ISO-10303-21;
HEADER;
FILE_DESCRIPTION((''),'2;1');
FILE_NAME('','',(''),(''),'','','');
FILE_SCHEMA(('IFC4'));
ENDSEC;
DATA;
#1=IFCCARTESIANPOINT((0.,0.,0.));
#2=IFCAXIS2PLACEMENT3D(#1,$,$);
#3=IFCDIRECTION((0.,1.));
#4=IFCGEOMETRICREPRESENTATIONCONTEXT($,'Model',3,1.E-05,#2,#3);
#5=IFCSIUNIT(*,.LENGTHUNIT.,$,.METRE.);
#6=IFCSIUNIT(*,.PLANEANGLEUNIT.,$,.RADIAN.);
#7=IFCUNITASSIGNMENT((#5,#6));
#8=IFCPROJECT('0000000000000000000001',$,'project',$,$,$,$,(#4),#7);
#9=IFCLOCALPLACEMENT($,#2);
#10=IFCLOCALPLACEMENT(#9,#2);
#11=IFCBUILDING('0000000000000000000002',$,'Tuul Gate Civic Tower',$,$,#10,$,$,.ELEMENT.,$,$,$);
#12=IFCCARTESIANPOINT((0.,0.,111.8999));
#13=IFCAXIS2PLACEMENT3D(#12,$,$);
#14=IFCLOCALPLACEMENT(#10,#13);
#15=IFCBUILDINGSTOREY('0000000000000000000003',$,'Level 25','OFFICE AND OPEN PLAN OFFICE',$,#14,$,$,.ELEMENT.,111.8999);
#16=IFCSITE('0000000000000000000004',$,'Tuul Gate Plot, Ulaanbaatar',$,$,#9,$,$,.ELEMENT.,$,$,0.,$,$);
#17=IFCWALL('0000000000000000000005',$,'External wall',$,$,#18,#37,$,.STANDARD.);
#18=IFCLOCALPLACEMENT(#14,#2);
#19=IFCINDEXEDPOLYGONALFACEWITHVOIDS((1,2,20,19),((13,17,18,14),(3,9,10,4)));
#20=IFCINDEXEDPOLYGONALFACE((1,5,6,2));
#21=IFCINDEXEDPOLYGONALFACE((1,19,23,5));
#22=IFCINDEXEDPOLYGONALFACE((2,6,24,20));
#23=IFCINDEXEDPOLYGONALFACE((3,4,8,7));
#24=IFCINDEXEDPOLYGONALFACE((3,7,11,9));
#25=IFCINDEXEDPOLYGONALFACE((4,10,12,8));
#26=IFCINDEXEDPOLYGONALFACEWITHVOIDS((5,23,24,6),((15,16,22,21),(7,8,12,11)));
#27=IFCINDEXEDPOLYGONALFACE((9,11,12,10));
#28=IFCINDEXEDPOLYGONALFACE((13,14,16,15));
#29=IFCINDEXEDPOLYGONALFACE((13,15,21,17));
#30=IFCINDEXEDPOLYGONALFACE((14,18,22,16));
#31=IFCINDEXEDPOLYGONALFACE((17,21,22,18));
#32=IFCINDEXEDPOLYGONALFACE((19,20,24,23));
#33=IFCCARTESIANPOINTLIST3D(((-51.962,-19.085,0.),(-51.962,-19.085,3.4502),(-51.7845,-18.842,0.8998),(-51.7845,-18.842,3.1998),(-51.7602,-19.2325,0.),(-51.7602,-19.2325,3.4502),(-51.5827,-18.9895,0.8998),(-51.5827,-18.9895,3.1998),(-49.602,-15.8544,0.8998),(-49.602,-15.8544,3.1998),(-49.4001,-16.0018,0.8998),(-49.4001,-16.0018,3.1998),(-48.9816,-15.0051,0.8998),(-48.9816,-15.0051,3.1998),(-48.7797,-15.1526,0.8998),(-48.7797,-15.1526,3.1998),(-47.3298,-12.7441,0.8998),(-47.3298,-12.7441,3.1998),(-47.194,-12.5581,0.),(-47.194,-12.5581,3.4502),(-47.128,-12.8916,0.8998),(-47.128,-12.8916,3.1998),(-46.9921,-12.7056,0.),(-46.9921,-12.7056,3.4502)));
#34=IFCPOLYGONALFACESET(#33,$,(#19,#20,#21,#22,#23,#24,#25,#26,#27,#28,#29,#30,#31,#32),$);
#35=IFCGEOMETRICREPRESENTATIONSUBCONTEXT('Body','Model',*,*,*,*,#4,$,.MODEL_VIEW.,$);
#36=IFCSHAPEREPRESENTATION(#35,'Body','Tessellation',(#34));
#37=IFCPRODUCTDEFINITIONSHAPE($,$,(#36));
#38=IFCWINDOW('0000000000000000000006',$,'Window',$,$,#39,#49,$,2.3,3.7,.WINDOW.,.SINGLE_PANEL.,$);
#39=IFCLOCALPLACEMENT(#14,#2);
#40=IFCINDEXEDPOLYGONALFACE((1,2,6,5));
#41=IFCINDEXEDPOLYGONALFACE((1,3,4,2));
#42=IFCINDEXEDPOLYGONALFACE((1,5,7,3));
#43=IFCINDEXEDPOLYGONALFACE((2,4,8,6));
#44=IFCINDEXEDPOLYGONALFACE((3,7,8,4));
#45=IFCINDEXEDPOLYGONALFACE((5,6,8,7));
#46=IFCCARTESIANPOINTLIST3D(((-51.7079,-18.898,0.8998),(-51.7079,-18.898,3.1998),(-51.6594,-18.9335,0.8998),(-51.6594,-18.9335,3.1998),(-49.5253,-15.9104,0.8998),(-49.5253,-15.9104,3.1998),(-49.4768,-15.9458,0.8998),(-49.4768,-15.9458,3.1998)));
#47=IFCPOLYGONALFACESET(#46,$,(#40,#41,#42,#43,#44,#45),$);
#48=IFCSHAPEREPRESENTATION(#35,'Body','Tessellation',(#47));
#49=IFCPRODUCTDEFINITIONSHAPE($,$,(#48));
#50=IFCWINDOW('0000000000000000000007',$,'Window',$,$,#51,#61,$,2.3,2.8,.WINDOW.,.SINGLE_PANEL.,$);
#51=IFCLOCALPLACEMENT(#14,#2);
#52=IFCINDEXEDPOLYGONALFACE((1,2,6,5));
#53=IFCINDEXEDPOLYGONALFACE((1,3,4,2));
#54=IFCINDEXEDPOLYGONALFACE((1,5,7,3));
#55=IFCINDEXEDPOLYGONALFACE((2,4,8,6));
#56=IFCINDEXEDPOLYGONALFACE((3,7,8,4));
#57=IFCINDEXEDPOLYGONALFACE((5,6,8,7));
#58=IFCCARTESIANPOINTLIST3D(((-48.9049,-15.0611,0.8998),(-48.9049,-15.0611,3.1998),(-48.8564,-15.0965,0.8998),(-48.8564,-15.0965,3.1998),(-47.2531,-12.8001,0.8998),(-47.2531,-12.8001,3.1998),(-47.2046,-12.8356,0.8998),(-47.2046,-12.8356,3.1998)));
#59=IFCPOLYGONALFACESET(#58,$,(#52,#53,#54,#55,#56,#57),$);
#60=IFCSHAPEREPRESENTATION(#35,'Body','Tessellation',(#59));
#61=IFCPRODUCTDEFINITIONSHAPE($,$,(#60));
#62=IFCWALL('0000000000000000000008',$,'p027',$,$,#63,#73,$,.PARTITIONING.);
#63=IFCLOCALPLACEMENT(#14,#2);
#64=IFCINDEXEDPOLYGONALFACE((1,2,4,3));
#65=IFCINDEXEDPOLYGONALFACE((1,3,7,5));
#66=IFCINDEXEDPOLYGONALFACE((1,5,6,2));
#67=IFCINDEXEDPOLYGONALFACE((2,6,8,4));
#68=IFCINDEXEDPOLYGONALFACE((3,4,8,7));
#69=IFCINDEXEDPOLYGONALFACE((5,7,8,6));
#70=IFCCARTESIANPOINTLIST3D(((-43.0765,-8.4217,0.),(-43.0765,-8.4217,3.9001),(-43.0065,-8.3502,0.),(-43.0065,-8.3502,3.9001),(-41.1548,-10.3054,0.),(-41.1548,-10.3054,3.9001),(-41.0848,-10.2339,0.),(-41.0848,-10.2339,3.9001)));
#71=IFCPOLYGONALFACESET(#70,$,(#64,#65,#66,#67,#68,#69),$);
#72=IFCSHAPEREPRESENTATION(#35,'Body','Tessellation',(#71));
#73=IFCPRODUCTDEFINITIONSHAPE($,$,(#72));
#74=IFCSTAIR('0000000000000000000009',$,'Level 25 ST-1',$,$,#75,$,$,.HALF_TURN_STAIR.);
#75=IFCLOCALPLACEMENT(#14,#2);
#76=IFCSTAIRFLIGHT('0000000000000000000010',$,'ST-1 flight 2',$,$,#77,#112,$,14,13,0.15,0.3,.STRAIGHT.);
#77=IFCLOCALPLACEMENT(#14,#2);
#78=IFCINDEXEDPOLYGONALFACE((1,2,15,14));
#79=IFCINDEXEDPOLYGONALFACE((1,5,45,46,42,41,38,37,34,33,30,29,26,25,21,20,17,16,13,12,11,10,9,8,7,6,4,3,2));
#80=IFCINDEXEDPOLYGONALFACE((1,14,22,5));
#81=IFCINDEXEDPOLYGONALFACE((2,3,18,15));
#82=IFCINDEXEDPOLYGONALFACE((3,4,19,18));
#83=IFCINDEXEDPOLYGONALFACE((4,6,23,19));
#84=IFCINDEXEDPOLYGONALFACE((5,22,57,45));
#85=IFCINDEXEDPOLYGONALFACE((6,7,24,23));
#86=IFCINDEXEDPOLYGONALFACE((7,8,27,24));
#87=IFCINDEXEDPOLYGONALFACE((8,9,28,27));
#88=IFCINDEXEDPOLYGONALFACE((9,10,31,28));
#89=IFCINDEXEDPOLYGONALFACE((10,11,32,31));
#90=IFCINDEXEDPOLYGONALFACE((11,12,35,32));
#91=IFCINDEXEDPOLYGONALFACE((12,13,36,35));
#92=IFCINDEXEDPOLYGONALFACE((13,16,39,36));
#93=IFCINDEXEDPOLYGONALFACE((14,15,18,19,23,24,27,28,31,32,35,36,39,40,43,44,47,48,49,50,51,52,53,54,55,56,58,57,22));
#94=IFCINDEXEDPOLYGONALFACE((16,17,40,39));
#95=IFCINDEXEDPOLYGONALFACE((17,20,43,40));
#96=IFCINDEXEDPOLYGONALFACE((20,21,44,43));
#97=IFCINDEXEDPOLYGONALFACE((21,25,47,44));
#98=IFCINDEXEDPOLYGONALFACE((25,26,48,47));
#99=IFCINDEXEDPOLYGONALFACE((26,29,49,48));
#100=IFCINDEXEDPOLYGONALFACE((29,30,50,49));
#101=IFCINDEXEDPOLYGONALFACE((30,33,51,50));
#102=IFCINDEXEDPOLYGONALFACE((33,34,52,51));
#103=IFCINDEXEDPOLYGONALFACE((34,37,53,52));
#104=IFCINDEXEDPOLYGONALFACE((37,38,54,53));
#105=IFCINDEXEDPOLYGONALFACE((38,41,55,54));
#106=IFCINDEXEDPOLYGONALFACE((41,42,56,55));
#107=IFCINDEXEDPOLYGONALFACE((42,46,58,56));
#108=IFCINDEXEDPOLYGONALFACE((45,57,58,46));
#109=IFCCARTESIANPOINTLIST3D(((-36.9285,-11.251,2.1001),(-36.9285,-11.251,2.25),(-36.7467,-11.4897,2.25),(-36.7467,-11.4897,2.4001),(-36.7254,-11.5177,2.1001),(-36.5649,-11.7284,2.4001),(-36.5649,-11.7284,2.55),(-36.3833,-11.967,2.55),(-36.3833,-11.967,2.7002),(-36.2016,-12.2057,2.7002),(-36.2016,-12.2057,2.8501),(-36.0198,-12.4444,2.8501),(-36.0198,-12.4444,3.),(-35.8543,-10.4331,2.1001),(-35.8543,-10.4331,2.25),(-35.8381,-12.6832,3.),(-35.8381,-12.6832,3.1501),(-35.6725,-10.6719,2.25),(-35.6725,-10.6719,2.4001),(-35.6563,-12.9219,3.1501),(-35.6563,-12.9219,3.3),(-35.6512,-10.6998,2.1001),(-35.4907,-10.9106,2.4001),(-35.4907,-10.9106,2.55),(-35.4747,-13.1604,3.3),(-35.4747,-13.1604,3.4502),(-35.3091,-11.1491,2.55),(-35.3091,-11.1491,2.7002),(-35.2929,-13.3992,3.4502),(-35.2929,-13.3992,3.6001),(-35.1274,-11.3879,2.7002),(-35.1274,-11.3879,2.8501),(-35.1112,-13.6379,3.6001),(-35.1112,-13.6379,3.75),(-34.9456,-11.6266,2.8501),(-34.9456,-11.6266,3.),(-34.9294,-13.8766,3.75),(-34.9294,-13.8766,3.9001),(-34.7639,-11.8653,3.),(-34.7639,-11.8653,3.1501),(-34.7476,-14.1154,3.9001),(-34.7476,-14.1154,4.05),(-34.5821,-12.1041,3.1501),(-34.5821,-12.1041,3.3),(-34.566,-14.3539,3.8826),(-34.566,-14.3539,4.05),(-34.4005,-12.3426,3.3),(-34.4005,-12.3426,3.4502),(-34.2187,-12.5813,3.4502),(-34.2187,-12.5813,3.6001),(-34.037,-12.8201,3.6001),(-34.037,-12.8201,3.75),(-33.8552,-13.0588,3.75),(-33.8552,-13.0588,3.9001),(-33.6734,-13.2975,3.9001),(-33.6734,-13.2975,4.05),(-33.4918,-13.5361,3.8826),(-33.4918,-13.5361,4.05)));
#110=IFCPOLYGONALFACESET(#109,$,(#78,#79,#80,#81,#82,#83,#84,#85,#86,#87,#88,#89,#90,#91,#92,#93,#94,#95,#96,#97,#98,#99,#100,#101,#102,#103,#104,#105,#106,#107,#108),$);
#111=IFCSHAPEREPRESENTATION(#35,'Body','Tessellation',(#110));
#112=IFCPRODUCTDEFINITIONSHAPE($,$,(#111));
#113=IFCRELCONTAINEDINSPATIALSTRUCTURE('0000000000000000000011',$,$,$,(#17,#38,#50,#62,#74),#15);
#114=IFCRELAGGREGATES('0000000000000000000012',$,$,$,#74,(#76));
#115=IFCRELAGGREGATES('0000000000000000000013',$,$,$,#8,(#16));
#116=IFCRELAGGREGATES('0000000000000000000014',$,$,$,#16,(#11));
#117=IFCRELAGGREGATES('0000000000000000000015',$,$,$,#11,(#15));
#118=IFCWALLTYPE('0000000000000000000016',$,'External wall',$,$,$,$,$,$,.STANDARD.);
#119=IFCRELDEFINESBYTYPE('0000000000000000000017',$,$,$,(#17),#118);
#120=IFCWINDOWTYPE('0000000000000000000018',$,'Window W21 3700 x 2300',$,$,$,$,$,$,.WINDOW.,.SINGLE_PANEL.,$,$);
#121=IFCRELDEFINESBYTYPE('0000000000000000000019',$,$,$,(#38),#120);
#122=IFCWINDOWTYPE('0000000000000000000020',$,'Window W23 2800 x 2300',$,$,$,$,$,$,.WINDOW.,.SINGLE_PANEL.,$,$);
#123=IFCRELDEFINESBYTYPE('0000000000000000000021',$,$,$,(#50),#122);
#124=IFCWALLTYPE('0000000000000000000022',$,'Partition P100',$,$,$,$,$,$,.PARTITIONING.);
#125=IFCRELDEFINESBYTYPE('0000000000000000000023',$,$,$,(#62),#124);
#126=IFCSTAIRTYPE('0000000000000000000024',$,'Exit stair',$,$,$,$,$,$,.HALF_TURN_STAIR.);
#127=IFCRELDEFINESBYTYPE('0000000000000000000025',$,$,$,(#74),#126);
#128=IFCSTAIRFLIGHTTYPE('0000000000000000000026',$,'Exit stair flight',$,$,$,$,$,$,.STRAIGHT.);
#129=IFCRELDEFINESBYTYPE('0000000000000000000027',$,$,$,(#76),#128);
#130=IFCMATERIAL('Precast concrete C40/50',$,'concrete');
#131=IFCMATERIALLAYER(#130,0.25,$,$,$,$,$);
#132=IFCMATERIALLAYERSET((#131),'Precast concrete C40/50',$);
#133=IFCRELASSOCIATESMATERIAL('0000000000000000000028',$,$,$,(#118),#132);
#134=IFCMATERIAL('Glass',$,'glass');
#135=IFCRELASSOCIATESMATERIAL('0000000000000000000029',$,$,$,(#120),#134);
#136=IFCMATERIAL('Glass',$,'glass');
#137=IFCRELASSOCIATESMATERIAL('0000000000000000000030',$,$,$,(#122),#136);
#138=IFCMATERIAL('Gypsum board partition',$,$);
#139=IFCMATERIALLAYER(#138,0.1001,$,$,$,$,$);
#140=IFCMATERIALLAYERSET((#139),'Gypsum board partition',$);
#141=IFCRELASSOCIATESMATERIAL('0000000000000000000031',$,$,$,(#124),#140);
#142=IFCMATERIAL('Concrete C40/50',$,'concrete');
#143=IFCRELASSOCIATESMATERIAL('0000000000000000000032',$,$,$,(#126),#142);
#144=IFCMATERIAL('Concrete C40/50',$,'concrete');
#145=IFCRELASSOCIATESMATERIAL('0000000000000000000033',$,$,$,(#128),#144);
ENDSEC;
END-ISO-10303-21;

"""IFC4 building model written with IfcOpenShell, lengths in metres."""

from ifc_helpers import new_model, si_unit, direction, frame, frame_2d, origin, place, context, subcontext, project, spatial, polyline, rectangle, outline, extrude, material, layer, layer_set, type_object, element, fill, aggregate, save


model = new_model("IFC4")

# Units and contexts
model_context = context("Model", 3, precision=1e-05, world=origin(), true_north=direction((0.0, 1.0)))
body_context = subcontext(model_context, "Body", "Model", "MODEL_VIEW")
ifc_project = project(units=[si_unit("LENGTHUNIT", "METRE"), si_unit("PLANEANGLEUNIT", "RADIAN")], contexts=[model_context])

# Site, building, storey
site_placement = place(None, origin())
site = spatial("IfcSite", under=ifc_project, at=site_placement, Name="Tuul Gate Plot, Ulaanbaatar", CompositionType="ELEMENT", RefElevation=0.0)
building_placement = place(site_placement, origin())
building = spatial("IfcBuilding", under=site, at=building_placement, Name="Tuul Gate Civic Tower", CompositionType="ELEMENT")
storey_placement = place(building_placement, frame((0.0, 0.0, 111.8999)))
storey = spatial("IfcBuildingStorey", under=building, at=storey_placement, Name="Level 25", Description="OFFICE AND OPEN PLAN OFFICE", CompositionType="ELEMENT", Elevation=111.8999)

# Wall, openings, windows
ifc_material_1 = material(Name="Precast concrete C40/50", Category="concrete")
ifc_layer_1 = layer(ifc_material_1, 0.25)
ifc_layer_set_1 = layer_set([ifc_layer_1], Name="Precast concrete C40/50")
wall_type_1 = type_object("IfcWallType", Name="External wall", PredefinedType="STANDARD", material=ifc_layer_set_1)
wall_1_placement = place(storey_placement, frame((-47.093, -12.6318, 0.0), z_axis=(0.0, 0.0, 1.0), x_axis=(-0.589891, -0.807483, 0.0)))
wall_1 = element("IfcWall", 1, at=wall_1_placement, inside=storey, type_object=wall_type_1, Name="External wall", PredefinedType="STANDARD", context=body_context, shape_type="SweptSolid", body=[
    extrude(rectangle(XDim=8.083, YDim=0.25, at=frame_2d((4.0415, 0.0))), origin(), (0.0, 0.0, 1.0), 3.4502),
])
opening_1_placement = place(wall_1_placement, frame((0.2305, 0.0, 0.8999)))
opening_1 = element("IfcOpeningElement", 2, at=opening_1_placement, cuts=wall_1, PredefinedType="OPENING", context=body_context, shape_type="SweptSolid", body=[
    extrude(rectangle(XDim=2.8, YDim=2.3, at=frame_2d((1.3999, 1.1499))), frame((0.0, 0.135, 0.0), z_axis=(0.0, -1.0, 0.0), x_axis=(1.0, 0.0, 0.0)), (0.0, 0.0, 1.0), 0.27),
])
opening_2_placement = place(wall_1_placement, frame((4.082, 0.0, 0.8999)))
opening_2 = element("IfcOpeningElement", 3, at=opening_2_placement, cuts=wall_1, PredefinedType="OPENING", context=body_context, shape_type="SweptSolid", body=[
    extrude(rectangle(XDim=3.7, YDim=2.3, at=frame_2d((1.8501, 1.1499))), frame((0.0, 0.135, 0.0), z_axis=(0.0, -1.0, 0.0), x_axis=(1.0, 0.0, 0.0)), (0.0, 0.0, 1.0), 0.27),
])
ifc_material_2 = material(Name="Glass", Category="glass")
window_type_1 = type_object("IfcWindowType", Name="Window W21 3700 x 2300", PartitioningType="SINGLE_PANEL", PredefinedType="WINDOW", material=ifc_material_2)
window_1_placement = place(opening_2_placement, origin())
window_1 = element("IfcWindow", 4, at=window_1_placement, inside=storey, type_object=window_type_1, Name="Window", OverallHeight=2.3, OverallWidth=3.7, PartitioningType="SINGLE_PANEL", PredefinedType="WINDOW", context=body_context, shape_type="SweptSolid", body=[
    extrude(rectangle(XDim=3.7, YDim=2.3, at=frame_2d((1.8501, 1.1499))), frame((0.0, 0.03, 0.0), z_axis=(0.0, -1.0, 0.0), x_axis=(1.0, 0.0, 0.0)), (0.0, 0.0, 1.0), 0.0601),
])
fill(opening_2, window_1)
ifc_material_3 = material(Name="Glass", Category="glass")
window_type_2 = type_object("IfcWindowType", Name="Window W23 2800 x 2300", PartitioningType="SINGLE_PANEL", PredefinedType="WINDOW", material=ifc_material_3)
window_2_placement = place(opening_1_placement, origin())
window_2 = element("IfcWindow", 5, at=window_2_placement, inside=storey, type_object=window_type_2, Name="Window", OverallHeight=2.3, OverallWidth=2.8, PartitioningType="SINGLE_PANEL", PredefinedType="WINDOW", context=body_context, shape_type="SweptSolid", body=[
    extrude(rectangle(XDim=2.8, YDim=2.3, at=frame_2d((1.3999, 1.1499))), frame((0.0, 0.03, 0.0), z_axis=(0.0, -1.0, 0.0), x_axis=(1.0, 0.0, 0.0)), (0.0, 0.0, 1.0), 0.0601),
])
fill(opening_1, window_2)

# Wall
ifc_material_4 = material(Name="Gypsum board partition")
ifc_layer_2 = layer(ifc_material_4, 0.1001)
ifc_layer_set_2 = layer_set([ifc_layer_2], Name="Gypsum board partition")
wall_type_2 = type_object("IfcWallType", Name="Partition P100", PredefinedType="PARTITIONING", material=ifc_layer_set_2)
wall_2_placement = place(storey_placement, frame((-43.0415, -8.386, 0.0), z_axis=(0.0, 0.0, 1.0), x_axis=(0.714148, -0.699994, 0.0)))
element("IfcWall", 6, at=wall_2_placement, inside=storey, type_object=wall_type_2, Name="p027", PredefinedType="PARTITIONING", context=body_context, shape_type="SweptSolid", body=[
    extrude(rectangle(XDim=2.6909, YDim=0.1001, at=frame_2d((1.3455, 0.0))), origin(), (0.0, 0.0, 1.0), 3.9001),
])

# Stair, stair flight
ifc_material_5 = material(Name="Concrete C40/50", Category="concrete")
stair_type = type_object("IfcStairType", Name="Exit stair", PredefinedType="HALF_TURN_STAIR", material=ifc_material_5)
stair_placement = place(storey_placement, origin())
stair = element("IfcStair", 7, at=stair_placement, inside=storey, type_object=stair_type, Name="Level 25 ST-1", PredefinedType="HALF_TURN_STAIR")
ifc_material_6 = material(Name="Concrete C40/50", Category="concrete")
stair_flight_type = type_object("IfcStairFlightType", Name="Exit stair flight", PredefinedType="STRAIGHT", material=ifc_material_6)
stair_flight_placement = place(storey_placement, frame((-36.3914, -10.842, 2.1001), z_axis=(0.0, 0.0, 1.0), x_axis=(0.605764, -0.795644, 0.0)))
stair_flight = element("IfcStairFlight", 8, at=stair_flight_placement, type_object=stair_flight_type, Name="ST-1 flight 2", NumberOfRisers=14, NumberOfTreads=13, PredefinedType="STRAIGHT", RiserHeight=0.15, TreadLength=0.3, context=body_context, shape_type="SweptSolid", body=[
    extrude(outline(polyline([(0.0, 0.0), (0.0, 0.1499), (0.3, 0.1499), (0.3, 0.3), (0.6001, 0.3), (0.6001, 0.45), (0.8999, 0.45), (0.8999, 0.6001), (1.2, 0.6001), (1.2, 0.75), (1.5, 0.75), (1.5, 0.8999), (1.8, 0.8999), (1.8, 1.05), (2.1001, 1.05), (2.1001, 1.2), (2.3999, 1.2), (2.3999, 1.3501), (2.7, 1.3501), (2.7, 1.5), (3.0, 1.5), (3.0, 1.6499), (3.3, 1.6499), (3.3, 1.8), (3.6001, 1.8), (3.6001, 1.95), (3.8999, 1.95), (3.8999, 2.1001), (3.8999, 1.7825), (0.3352, 0.0), (0.0, 0.0)])), frame((0.0, 0.675, 0.0), z_axis=(0.0, -1.0, 0.0), x_axis=(1.0, 0.0, 0.0)), (0.0, 0.0, 1.0), 1.3501),
])
aggregate(stair, [stair_flight])

save(model, "model.ifc")
